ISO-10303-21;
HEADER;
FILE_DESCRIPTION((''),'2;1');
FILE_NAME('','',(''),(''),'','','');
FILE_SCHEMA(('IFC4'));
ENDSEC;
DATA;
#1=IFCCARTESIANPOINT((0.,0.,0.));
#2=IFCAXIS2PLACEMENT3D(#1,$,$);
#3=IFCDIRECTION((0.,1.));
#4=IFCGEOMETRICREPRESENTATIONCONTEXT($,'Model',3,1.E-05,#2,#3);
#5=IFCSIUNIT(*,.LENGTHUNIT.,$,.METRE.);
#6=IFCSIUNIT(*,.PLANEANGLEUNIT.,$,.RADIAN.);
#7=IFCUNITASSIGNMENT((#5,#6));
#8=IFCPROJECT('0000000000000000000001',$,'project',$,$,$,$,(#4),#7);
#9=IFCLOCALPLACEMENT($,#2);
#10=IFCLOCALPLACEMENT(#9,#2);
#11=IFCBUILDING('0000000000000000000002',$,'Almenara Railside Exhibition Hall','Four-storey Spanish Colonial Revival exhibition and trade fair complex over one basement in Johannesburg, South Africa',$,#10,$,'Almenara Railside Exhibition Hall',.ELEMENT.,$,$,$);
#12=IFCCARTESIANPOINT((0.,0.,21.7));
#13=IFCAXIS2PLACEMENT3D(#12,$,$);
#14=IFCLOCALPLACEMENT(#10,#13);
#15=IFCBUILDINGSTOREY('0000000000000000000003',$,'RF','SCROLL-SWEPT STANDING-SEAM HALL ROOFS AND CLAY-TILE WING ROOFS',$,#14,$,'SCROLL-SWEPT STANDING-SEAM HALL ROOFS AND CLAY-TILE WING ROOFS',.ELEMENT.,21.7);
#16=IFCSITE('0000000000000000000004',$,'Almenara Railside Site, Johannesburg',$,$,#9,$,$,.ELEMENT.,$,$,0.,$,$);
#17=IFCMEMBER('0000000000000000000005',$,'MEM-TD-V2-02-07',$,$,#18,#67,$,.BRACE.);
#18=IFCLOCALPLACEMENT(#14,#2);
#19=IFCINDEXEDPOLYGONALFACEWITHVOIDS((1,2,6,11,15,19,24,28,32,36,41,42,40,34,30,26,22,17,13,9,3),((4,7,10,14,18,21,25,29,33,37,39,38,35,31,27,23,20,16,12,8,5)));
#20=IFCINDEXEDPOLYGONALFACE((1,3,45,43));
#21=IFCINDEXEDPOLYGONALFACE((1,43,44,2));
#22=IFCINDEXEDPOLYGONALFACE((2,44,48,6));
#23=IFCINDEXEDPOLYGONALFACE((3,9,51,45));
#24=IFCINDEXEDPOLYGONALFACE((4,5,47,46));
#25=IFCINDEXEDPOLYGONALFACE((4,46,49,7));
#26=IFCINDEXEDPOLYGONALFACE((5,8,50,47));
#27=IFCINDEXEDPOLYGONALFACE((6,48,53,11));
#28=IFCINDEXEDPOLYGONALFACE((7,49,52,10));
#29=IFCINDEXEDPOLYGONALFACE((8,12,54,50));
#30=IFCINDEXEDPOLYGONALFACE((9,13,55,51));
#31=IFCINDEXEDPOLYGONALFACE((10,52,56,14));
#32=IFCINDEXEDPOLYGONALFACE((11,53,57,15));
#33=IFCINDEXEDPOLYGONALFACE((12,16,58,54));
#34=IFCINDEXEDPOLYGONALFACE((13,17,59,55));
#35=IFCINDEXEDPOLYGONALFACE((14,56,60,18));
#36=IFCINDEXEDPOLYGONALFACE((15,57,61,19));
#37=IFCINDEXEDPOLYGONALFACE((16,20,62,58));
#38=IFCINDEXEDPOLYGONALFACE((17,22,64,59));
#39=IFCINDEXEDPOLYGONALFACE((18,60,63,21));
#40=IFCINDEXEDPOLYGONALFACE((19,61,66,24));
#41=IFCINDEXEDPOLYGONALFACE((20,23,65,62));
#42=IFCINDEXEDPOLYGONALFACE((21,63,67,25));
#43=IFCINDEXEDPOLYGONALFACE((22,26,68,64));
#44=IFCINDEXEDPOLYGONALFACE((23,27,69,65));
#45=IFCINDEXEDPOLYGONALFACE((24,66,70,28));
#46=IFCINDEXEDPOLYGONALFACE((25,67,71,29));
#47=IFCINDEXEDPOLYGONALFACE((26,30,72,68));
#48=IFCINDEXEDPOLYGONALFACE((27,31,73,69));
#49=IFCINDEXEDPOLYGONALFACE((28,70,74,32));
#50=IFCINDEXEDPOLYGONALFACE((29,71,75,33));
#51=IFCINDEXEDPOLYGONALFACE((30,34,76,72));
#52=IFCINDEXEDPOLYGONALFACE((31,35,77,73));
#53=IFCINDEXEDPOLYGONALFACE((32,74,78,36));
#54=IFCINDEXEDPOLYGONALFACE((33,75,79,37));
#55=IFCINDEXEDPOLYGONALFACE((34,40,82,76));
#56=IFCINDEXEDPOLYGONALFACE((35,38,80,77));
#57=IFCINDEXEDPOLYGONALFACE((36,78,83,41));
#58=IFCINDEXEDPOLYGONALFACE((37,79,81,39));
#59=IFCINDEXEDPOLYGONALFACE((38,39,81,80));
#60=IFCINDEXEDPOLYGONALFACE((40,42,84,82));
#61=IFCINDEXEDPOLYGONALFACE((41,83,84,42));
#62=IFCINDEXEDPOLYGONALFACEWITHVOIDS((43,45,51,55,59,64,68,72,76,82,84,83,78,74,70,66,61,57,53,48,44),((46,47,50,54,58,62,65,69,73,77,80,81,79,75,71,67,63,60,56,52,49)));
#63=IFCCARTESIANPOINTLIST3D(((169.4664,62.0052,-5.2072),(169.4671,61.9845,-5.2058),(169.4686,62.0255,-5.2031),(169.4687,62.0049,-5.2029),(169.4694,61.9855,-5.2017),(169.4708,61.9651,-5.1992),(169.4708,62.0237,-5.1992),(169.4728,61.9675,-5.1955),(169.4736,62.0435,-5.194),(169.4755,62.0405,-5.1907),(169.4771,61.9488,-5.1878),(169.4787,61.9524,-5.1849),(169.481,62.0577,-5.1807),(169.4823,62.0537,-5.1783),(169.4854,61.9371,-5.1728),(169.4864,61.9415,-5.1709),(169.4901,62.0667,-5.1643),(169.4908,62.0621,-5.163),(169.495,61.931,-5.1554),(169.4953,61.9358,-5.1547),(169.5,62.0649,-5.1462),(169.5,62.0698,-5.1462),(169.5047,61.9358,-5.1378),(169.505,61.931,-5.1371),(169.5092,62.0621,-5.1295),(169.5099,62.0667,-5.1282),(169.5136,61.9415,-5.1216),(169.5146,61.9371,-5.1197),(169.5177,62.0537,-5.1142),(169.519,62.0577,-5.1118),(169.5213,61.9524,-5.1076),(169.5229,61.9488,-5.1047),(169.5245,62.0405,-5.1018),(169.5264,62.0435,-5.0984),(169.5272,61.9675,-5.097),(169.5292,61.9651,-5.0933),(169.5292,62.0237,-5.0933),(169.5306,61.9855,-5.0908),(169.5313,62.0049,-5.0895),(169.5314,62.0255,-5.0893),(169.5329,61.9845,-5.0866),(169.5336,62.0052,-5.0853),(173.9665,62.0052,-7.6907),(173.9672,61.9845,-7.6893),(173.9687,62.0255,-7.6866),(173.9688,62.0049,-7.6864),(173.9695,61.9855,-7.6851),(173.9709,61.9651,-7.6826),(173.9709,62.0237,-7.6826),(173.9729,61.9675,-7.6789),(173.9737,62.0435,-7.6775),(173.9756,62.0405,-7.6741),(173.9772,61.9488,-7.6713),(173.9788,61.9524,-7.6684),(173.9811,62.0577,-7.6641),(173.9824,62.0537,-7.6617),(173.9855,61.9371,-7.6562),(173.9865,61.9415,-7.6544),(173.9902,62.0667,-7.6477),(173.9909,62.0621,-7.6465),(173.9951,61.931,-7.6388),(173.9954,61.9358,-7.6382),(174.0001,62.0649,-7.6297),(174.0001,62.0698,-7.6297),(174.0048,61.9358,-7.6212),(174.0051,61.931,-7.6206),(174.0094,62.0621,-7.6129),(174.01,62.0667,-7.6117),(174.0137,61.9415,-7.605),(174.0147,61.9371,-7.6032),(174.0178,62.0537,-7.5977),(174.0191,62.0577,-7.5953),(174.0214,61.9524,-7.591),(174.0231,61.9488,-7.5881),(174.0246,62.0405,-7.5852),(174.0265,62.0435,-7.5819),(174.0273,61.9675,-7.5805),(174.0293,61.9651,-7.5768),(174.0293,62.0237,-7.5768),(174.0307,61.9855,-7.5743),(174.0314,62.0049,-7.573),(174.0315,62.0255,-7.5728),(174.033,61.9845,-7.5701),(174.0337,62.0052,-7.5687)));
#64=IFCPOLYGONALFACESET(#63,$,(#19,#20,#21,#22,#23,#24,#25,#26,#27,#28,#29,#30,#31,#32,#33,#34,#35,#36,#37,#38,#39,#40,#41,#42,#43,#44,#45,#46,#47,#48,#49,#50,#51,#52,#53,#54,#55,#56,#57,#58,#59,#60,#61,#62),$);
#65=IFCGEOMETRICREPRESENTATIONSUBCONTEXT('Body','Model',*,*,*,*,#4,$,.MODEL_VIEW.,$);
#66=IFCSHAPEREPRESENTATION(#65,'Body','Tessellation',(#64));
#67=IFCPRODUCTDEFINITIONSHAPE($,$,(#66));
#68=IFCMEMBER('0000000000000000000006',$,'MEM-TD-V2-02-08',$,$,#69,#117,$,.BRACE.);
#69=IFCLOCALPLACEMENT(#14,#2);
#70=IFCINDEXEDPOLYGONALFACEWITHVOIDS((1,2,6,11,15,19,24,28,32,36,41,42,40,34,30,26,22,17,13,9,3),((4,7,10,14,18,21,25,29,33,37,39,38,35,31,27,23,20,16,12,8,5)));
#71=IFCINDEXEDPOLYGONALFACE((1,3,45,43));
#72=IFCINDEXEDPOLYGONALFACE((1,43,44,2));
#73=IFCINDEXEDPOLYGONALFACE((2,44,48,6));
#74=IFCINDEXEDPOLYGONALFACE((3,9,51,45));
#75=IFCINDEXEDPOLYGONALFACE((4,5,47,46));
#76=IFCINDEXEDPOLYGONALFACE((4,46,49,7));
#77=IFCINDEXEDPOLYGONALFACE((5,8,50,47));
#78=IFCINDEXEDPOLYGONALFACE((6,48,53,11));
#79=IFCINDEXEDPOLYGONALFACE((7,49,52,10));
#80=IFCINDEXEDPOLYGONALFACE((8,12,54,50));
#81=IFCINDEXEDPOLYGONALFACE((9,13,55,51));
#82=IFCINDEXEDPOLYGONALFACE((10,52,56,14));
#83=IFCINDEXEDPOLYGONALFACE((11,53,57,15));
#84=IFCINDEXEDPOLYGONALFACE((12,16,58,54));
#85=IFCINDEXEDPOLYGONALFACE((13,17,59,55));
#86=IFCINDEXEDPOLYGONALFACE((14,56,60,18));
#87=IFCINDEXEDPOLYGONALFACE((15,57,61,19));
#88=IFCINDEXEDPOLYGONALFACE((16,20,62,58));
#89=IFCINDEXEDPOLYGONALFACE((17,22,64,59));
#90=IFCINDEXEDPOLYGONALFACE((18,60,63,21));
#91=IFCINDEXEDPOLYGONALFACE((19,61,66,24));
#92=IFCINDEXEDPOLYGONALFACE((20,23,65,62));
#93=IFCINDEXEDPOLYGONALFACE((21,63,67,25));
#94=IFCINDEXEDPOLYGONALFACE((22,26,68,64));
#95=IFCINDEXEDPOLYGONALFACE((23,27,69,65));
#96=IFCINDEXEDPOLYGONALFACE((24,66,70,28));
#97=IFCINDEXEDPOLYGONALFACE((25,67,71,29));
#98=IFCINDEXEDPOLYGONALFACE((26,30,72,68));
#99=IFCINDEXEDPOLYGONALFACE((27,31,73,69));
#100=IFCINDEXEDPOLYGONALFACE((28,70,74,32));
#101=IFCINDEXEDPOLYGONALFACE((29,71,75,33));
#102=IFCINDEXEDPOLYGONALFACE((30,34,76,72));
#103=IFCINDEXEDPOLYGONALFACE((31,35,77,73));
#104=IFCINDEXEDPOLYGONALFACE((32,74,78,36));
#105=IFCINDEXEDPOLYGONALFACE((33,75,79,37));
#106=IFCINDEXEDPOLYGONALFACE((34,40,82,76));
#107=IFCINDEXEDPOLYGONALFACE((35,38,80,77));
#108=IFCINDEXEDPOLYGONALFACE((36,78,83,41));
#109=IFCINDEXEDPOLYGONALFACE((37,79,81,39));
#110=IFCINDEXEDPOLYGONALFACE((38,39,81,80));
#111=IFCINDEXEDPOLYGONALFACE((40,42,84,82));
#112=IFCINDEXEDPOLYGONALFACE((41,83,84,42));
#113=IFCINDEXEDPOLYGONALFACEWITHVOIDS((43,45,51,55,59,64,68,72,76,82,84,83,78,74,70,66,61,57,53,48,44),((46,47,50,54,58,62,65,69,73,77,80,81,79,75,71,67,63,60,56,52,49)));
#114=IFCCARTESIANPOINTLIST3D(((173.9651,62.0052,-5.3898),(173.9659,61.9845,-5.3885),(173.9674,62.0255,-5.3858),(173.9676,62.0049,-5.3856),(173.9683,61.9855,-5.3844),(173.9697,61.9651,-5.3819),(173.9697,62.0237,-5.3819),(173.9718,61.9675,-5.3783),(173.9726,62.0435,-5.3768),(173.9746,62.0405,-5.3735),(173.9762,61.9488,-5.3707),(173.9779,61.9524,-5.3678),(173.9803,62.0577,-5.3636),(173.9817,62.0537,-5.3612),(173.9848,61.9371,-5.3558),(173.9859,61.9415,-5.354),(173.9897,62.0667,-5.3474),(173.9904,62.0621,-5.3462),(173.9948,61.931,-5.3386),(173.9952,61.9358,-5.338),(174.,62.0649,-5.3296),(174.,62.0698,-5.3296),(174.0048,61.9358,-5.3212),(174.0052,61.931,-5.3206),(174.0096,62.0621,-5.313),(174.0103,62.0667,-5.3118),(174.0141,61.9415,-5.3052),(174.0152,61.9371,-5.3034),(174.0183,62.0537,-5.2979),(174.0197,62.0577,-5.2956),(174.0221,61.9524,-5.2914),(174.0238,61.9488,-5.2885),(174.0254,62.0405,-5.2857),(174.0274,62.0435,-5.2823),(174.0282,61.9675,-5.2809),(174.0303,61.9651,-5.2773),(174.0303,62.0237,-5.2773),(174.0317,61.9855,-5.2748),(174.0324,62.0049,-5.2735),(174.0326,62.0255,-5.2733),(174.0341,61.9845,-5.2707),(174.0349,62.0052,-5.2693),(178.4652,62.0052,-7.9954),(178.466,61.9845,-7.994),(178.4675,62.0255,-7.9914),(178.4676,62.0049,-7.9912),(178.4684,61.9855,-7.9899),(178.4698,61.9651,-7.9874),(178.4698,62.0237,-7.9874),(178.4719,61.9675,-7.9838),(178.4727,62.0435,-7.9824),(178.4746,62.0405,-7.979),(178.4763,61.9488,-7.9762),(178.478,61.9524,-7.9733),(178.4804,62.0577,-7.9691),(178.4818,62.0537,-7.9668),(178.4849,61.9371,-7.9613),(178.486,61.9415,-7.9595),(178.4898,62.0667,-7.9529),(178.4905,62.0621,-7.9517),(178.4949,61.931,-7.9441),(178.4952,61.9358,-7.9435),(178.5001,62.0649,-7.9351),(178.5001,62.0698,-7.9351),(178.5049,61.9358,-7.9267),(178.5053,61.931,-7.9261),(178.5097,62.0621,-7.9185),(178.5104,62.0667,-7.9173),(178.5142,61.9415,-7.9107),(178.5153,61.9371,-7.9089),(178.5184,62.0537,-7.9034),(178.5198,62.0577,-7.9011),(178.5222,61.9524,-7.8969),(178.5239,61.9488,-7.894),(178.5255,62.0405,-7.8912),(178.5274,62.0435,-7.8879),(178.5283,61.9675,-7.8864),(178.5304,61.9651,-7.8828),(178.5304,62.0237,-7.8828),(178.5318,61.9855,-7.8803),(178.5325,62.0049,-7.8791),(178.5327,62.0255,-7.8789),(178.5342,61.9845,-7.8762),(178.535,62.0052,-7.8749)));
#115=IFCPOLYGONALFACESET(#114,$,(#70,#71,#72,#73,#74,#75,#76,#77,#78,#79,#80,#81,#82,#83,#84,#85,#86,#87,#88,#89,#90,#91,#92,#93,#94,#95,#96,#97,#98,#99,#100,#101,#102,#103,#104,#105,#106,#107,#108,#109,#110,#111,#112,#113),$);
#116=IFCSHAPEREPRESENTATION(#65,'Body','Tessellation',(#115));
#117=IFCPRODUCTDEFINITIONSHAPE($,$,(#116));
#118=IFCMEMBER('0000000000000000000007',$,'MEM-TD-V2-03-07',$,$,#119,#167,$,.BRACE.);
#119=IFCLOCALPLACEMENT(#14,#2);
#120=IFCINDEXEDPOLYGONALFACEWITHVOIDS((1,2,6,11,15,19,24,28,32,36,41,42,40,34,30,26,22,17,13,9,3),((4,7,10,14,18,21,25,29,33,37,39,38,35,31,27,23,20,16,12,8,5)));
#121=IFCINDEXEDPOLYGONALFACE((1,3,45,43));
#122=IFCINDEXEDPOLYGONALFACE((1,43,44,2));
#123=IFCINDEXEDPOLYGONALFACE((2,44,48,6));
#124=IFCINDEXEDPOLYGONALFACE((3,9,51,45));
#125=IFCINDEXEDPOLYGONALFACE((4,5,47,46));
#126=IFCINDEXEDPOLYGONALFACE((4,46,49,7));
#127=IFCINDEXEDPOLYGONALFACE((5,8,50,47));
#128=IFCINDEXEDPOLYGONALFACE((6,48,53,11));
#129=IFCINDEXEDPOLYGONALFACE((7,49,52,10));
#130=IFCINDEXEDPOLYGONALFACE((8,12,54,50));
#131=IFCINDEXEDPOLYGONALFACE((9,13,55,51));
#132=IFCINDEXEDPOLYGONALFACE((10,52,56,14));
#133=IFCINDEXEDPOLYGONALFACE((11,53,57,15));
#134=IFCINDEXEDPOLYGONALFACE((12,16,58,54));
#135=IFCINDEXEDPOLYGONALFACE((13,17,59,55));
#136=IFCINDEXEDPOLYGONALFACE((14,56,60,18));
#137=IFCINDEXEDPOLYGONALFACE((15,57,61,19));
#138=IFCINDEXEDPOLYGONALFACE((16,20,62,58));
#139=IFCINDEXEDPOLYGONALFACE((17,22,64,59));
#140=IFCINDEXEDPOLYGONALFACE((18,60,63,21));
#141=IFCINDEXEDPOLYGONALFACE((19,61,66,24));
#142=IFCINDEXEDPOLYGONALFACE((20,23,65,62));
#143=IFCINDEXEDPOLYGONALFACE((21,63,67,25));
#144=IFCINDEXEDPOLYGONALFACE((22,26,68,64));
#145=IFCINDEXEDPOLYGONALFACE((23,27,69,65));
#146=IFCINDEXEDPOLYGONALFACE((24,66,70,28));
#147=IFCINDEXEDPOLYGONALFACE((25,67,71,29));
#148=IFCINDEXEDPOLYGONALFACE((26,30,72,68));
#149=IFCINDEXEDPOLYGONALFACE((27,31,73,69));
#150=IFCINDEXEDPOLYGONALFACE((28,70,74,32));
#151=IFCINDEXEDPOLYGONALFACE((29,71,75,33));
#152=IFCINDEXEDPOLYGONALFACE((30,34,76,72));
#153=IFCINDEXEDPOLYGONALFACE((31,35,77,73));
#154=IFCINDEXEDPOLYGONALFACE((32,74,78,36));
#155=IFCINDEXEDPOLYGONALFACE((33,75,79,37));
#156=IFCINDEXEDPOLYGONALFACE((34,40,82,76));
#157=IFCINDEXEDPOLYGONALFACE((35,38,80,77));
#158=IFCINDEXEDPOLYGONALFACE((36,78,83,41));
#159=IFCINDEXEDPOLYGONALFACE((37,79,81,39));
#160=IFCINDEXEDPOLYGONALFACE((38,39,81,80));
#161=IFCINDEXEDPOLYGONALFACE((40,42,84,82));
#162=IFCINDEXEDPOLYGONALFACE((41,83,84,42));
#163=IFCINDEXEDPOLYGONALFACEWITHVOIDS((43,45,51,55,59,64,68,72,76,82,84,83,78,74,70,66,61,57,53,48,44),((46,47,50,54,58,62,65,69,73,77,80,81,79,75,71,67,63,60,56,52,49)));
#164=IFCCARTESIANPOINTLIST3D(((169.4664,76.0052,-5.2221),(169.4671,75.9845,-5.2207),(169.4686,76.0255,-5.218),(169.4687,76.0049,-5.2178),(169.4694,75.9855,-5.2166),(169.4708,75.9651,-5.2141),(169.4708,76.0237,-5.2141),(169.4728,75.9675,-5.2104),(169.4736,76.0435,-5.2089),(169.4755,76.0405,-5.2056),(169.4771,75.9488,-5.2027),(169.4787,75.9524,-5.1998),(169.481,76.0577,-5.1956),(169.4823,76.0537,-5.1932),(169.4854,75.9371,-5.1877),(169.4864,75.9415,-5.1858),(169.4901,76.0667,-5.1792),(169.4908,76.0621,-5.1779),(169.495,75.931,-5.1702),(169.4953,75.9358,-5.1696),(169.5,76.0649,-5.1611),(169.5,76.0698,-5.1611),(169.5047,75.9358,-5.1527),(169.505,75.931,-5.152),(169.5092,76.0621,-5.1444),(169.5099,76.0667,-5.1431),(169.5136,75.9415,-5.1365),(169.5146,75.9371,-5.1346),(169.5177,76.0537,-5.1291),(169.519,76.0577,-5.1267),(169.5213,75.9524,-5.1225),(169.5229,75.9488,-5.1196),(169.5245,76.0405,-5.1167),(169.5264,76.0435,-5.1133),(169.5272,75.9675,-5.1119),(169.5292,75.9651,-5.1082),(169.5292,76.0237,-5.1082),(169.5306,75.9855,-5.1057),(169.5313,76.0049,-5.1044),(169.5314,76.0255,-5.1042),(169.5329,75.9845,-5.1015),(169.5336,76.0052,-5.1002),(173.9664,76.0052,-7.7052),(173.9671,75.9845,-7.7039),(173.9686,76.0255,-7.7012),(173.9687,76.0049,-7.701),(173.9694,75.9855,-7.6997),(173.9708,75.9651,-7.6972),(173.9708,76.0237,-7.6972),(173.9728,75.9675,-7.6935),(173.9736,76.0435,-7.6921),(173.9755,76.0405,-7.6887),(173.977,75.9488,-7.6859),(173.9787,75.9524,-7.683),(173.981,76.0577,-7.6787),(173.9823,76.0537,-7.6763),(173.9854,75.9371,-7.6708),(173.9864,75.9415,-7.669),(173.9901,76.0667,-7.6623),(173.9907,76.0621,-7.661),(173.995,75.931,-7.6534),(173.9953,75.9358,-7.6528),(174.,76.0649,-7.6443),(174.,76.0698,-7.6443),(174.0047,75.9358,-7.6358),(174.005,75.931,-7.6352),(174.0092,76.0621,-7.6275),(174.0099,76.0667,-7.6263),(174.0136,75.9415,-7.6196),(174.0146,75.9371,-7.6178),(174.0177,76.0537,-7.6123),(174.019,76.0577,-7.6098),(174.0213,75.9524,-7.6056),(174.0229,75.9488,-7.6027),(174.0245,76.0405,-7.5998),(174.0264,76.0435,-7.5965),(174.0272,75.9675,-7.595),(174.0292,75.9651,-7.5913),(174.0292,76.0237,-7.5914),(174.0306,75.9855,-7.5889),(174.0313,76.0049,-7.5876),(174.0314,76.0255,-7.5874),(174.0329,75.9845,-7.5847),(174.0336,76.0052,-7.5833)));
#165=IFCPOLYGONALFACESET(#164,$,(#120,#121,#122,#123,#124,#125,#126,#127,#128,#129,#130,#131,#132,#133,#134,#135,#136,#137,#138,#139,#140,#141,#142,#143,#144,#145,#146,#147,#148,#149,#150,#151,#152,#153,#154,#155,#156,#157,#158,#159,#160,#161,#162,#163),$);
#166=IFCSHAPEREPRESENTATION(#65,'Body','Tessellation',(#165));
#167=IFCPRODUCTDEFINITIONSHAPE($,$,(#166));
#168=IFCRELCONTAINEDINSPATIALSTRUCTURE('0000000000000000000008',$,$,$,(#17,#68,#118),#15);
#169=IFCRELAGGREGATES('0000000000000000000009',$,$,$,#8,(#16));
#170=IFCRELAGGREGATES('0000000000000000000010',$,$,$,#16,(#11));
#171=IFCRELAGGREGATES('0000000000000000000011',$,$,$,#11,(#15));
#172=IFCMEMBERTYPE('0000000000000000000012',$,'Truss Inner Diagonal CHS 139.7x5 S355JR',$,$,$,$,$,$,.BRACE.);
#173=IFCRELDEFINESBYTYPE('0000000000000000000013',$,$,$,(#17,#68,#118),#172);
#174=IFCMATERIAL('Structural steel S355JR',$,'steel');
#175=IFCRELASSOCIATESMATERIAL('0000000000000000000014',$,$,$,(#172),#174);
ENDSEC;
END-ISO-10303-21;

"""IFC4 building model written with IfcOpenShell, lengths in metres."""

from ifc_helpers import new_model, si_unit, direction, frame, origin, origin_2d, place, context, subcontext, project, spatial, hollow_circle, extrude, material, material_profile, profile_set, type_object, element, save


model = new_model("IFC4")

# Units and contexts
model_context = context("Model", 3, precision=1e-05, world=origin(), true_north=direction((0.0, 1.0)))
body_context = subcontext(model_context, "Body", "Model", "MODEL_VIEW")
ifc_project = project(units=[si_unit("LENGTHUNIT", "METRE"), si_unit("PLANEANGLEUNIT", "RADIAN")], contexts=[model_context])

# Site, building, storey
site_placement = place(None, origin())
site = spatial("IfcSite", under=ifc_project, at=site_placement, Name="Almenara Railside Site, Johannesburg", CompositionType="ELEMENT", RefElevation=0.0)
building_placement = place(site_placement, origin())
building = spatial("IfcBuilding", under=site, at=building_placement, Name="Almenara Railside Exhibition Hall", Description="Four-storey Spanish Colonial Revival exhibition and trade fair complex over one basement in Johannesburg, South Africa", LongName="Almenara Railside Exhibition Hall", CompositionType="ELEMENT")
storey_placement = place(building_placement, frame((0.0, 0.0, 21.7)))
storey = spatial("IfcBuildingStorey", under=building, at=storey_placement, Name="RF", Description="SCROLL-SWEPT STANDING-SEAM HALL ROOFS AND CLAY-TILE WING ROOFS", LongName="SCROLL-SWEPT STANDING-SEAM HALL ROOFS AND CLAY-TILE WING ROOFS", CompositionType="ELEMENT", Elevation=21.7)

# Shared definitions
ifc_material_1 = material(Name="Structural steel S355JR", Category="steel")

# Members
ifc_material_profile_1 = material_profile(ifc_material_1, hollow_circle(Radius=0.0698, WallThickness=0.0049, at=origin_2d()), Name="CHS 139.7x5")
ifc_profile_set_1 = profile_set([ifc_material_profile_1], Name="Structural steel S355JR")
member_type_1 = type_object("IfcMemberType", Name="Truss Inner Diagonal CHS 139.7x5 S355JR", PredefinedType="BRACE", material=ifc_profile_set_1)
member_1_placement = place(storey_placement, frame((169.5, 62.0, -5.1462), z_axis=(0.875525, 0.0, -0.483173), x_axis=(0.0, 1.0, 0.0)))
element("IfcMember", 1, at=member_1_placement, inside=storey, type_object=member_type_1, Name="MEM-TD-V2-02-07", PredefinedType="BRACE", context=body_context, shape_type="SweptSolid", body=[
    extrude(hollow_circle(Radius=0.0698, WallThickness=0.0049, at=origin_2d()), origin(), (0.0, 0.0, 1.0), 5.1399),
])
member_2_placement = place(storey_placement, frame((174.0, 62.0, -5.3296), z_axis=(0.865409, 0.0, -0.501066), x_axis=(0.0, 1.0, 0.0)))
element("IfcMember", 2, at=member_2_placement, inside=storey, type_object=member_type_1, Name="MEM-TD-V2-02-08", PredefinedType="BRACE", context=body_context, shape_type="SweptSolid", body=[
    extrude(hollow_circle(Radius=0.0698, WallThickness=0.0049, at=origin_2d()), origin(), (0.0, 0.0, 1.0), 5.2),
])
member_3_placement = place(storey_placement, frame((169.5, 76.0, -5.1611), z_axis=(0.875545, 0.0, -0.483136), x_axis=(0.0, 1.0, 0.0)))
element("IfcMember", 3, at=member_3_placement, inside=storey, type_object=member_type_1, Name="MEM-TD-V2-03-07", PredefinedType="BRACE", context=body_context, shape_type="SweptSolid", body=[
    extrude(hollow_circle(Radius=0.0698, WallThickness=0.0049, at=origin_2d()), origin(), (0.0, 0.0, 1.0), 5.1396),
])

save(model, "model.ifc")
